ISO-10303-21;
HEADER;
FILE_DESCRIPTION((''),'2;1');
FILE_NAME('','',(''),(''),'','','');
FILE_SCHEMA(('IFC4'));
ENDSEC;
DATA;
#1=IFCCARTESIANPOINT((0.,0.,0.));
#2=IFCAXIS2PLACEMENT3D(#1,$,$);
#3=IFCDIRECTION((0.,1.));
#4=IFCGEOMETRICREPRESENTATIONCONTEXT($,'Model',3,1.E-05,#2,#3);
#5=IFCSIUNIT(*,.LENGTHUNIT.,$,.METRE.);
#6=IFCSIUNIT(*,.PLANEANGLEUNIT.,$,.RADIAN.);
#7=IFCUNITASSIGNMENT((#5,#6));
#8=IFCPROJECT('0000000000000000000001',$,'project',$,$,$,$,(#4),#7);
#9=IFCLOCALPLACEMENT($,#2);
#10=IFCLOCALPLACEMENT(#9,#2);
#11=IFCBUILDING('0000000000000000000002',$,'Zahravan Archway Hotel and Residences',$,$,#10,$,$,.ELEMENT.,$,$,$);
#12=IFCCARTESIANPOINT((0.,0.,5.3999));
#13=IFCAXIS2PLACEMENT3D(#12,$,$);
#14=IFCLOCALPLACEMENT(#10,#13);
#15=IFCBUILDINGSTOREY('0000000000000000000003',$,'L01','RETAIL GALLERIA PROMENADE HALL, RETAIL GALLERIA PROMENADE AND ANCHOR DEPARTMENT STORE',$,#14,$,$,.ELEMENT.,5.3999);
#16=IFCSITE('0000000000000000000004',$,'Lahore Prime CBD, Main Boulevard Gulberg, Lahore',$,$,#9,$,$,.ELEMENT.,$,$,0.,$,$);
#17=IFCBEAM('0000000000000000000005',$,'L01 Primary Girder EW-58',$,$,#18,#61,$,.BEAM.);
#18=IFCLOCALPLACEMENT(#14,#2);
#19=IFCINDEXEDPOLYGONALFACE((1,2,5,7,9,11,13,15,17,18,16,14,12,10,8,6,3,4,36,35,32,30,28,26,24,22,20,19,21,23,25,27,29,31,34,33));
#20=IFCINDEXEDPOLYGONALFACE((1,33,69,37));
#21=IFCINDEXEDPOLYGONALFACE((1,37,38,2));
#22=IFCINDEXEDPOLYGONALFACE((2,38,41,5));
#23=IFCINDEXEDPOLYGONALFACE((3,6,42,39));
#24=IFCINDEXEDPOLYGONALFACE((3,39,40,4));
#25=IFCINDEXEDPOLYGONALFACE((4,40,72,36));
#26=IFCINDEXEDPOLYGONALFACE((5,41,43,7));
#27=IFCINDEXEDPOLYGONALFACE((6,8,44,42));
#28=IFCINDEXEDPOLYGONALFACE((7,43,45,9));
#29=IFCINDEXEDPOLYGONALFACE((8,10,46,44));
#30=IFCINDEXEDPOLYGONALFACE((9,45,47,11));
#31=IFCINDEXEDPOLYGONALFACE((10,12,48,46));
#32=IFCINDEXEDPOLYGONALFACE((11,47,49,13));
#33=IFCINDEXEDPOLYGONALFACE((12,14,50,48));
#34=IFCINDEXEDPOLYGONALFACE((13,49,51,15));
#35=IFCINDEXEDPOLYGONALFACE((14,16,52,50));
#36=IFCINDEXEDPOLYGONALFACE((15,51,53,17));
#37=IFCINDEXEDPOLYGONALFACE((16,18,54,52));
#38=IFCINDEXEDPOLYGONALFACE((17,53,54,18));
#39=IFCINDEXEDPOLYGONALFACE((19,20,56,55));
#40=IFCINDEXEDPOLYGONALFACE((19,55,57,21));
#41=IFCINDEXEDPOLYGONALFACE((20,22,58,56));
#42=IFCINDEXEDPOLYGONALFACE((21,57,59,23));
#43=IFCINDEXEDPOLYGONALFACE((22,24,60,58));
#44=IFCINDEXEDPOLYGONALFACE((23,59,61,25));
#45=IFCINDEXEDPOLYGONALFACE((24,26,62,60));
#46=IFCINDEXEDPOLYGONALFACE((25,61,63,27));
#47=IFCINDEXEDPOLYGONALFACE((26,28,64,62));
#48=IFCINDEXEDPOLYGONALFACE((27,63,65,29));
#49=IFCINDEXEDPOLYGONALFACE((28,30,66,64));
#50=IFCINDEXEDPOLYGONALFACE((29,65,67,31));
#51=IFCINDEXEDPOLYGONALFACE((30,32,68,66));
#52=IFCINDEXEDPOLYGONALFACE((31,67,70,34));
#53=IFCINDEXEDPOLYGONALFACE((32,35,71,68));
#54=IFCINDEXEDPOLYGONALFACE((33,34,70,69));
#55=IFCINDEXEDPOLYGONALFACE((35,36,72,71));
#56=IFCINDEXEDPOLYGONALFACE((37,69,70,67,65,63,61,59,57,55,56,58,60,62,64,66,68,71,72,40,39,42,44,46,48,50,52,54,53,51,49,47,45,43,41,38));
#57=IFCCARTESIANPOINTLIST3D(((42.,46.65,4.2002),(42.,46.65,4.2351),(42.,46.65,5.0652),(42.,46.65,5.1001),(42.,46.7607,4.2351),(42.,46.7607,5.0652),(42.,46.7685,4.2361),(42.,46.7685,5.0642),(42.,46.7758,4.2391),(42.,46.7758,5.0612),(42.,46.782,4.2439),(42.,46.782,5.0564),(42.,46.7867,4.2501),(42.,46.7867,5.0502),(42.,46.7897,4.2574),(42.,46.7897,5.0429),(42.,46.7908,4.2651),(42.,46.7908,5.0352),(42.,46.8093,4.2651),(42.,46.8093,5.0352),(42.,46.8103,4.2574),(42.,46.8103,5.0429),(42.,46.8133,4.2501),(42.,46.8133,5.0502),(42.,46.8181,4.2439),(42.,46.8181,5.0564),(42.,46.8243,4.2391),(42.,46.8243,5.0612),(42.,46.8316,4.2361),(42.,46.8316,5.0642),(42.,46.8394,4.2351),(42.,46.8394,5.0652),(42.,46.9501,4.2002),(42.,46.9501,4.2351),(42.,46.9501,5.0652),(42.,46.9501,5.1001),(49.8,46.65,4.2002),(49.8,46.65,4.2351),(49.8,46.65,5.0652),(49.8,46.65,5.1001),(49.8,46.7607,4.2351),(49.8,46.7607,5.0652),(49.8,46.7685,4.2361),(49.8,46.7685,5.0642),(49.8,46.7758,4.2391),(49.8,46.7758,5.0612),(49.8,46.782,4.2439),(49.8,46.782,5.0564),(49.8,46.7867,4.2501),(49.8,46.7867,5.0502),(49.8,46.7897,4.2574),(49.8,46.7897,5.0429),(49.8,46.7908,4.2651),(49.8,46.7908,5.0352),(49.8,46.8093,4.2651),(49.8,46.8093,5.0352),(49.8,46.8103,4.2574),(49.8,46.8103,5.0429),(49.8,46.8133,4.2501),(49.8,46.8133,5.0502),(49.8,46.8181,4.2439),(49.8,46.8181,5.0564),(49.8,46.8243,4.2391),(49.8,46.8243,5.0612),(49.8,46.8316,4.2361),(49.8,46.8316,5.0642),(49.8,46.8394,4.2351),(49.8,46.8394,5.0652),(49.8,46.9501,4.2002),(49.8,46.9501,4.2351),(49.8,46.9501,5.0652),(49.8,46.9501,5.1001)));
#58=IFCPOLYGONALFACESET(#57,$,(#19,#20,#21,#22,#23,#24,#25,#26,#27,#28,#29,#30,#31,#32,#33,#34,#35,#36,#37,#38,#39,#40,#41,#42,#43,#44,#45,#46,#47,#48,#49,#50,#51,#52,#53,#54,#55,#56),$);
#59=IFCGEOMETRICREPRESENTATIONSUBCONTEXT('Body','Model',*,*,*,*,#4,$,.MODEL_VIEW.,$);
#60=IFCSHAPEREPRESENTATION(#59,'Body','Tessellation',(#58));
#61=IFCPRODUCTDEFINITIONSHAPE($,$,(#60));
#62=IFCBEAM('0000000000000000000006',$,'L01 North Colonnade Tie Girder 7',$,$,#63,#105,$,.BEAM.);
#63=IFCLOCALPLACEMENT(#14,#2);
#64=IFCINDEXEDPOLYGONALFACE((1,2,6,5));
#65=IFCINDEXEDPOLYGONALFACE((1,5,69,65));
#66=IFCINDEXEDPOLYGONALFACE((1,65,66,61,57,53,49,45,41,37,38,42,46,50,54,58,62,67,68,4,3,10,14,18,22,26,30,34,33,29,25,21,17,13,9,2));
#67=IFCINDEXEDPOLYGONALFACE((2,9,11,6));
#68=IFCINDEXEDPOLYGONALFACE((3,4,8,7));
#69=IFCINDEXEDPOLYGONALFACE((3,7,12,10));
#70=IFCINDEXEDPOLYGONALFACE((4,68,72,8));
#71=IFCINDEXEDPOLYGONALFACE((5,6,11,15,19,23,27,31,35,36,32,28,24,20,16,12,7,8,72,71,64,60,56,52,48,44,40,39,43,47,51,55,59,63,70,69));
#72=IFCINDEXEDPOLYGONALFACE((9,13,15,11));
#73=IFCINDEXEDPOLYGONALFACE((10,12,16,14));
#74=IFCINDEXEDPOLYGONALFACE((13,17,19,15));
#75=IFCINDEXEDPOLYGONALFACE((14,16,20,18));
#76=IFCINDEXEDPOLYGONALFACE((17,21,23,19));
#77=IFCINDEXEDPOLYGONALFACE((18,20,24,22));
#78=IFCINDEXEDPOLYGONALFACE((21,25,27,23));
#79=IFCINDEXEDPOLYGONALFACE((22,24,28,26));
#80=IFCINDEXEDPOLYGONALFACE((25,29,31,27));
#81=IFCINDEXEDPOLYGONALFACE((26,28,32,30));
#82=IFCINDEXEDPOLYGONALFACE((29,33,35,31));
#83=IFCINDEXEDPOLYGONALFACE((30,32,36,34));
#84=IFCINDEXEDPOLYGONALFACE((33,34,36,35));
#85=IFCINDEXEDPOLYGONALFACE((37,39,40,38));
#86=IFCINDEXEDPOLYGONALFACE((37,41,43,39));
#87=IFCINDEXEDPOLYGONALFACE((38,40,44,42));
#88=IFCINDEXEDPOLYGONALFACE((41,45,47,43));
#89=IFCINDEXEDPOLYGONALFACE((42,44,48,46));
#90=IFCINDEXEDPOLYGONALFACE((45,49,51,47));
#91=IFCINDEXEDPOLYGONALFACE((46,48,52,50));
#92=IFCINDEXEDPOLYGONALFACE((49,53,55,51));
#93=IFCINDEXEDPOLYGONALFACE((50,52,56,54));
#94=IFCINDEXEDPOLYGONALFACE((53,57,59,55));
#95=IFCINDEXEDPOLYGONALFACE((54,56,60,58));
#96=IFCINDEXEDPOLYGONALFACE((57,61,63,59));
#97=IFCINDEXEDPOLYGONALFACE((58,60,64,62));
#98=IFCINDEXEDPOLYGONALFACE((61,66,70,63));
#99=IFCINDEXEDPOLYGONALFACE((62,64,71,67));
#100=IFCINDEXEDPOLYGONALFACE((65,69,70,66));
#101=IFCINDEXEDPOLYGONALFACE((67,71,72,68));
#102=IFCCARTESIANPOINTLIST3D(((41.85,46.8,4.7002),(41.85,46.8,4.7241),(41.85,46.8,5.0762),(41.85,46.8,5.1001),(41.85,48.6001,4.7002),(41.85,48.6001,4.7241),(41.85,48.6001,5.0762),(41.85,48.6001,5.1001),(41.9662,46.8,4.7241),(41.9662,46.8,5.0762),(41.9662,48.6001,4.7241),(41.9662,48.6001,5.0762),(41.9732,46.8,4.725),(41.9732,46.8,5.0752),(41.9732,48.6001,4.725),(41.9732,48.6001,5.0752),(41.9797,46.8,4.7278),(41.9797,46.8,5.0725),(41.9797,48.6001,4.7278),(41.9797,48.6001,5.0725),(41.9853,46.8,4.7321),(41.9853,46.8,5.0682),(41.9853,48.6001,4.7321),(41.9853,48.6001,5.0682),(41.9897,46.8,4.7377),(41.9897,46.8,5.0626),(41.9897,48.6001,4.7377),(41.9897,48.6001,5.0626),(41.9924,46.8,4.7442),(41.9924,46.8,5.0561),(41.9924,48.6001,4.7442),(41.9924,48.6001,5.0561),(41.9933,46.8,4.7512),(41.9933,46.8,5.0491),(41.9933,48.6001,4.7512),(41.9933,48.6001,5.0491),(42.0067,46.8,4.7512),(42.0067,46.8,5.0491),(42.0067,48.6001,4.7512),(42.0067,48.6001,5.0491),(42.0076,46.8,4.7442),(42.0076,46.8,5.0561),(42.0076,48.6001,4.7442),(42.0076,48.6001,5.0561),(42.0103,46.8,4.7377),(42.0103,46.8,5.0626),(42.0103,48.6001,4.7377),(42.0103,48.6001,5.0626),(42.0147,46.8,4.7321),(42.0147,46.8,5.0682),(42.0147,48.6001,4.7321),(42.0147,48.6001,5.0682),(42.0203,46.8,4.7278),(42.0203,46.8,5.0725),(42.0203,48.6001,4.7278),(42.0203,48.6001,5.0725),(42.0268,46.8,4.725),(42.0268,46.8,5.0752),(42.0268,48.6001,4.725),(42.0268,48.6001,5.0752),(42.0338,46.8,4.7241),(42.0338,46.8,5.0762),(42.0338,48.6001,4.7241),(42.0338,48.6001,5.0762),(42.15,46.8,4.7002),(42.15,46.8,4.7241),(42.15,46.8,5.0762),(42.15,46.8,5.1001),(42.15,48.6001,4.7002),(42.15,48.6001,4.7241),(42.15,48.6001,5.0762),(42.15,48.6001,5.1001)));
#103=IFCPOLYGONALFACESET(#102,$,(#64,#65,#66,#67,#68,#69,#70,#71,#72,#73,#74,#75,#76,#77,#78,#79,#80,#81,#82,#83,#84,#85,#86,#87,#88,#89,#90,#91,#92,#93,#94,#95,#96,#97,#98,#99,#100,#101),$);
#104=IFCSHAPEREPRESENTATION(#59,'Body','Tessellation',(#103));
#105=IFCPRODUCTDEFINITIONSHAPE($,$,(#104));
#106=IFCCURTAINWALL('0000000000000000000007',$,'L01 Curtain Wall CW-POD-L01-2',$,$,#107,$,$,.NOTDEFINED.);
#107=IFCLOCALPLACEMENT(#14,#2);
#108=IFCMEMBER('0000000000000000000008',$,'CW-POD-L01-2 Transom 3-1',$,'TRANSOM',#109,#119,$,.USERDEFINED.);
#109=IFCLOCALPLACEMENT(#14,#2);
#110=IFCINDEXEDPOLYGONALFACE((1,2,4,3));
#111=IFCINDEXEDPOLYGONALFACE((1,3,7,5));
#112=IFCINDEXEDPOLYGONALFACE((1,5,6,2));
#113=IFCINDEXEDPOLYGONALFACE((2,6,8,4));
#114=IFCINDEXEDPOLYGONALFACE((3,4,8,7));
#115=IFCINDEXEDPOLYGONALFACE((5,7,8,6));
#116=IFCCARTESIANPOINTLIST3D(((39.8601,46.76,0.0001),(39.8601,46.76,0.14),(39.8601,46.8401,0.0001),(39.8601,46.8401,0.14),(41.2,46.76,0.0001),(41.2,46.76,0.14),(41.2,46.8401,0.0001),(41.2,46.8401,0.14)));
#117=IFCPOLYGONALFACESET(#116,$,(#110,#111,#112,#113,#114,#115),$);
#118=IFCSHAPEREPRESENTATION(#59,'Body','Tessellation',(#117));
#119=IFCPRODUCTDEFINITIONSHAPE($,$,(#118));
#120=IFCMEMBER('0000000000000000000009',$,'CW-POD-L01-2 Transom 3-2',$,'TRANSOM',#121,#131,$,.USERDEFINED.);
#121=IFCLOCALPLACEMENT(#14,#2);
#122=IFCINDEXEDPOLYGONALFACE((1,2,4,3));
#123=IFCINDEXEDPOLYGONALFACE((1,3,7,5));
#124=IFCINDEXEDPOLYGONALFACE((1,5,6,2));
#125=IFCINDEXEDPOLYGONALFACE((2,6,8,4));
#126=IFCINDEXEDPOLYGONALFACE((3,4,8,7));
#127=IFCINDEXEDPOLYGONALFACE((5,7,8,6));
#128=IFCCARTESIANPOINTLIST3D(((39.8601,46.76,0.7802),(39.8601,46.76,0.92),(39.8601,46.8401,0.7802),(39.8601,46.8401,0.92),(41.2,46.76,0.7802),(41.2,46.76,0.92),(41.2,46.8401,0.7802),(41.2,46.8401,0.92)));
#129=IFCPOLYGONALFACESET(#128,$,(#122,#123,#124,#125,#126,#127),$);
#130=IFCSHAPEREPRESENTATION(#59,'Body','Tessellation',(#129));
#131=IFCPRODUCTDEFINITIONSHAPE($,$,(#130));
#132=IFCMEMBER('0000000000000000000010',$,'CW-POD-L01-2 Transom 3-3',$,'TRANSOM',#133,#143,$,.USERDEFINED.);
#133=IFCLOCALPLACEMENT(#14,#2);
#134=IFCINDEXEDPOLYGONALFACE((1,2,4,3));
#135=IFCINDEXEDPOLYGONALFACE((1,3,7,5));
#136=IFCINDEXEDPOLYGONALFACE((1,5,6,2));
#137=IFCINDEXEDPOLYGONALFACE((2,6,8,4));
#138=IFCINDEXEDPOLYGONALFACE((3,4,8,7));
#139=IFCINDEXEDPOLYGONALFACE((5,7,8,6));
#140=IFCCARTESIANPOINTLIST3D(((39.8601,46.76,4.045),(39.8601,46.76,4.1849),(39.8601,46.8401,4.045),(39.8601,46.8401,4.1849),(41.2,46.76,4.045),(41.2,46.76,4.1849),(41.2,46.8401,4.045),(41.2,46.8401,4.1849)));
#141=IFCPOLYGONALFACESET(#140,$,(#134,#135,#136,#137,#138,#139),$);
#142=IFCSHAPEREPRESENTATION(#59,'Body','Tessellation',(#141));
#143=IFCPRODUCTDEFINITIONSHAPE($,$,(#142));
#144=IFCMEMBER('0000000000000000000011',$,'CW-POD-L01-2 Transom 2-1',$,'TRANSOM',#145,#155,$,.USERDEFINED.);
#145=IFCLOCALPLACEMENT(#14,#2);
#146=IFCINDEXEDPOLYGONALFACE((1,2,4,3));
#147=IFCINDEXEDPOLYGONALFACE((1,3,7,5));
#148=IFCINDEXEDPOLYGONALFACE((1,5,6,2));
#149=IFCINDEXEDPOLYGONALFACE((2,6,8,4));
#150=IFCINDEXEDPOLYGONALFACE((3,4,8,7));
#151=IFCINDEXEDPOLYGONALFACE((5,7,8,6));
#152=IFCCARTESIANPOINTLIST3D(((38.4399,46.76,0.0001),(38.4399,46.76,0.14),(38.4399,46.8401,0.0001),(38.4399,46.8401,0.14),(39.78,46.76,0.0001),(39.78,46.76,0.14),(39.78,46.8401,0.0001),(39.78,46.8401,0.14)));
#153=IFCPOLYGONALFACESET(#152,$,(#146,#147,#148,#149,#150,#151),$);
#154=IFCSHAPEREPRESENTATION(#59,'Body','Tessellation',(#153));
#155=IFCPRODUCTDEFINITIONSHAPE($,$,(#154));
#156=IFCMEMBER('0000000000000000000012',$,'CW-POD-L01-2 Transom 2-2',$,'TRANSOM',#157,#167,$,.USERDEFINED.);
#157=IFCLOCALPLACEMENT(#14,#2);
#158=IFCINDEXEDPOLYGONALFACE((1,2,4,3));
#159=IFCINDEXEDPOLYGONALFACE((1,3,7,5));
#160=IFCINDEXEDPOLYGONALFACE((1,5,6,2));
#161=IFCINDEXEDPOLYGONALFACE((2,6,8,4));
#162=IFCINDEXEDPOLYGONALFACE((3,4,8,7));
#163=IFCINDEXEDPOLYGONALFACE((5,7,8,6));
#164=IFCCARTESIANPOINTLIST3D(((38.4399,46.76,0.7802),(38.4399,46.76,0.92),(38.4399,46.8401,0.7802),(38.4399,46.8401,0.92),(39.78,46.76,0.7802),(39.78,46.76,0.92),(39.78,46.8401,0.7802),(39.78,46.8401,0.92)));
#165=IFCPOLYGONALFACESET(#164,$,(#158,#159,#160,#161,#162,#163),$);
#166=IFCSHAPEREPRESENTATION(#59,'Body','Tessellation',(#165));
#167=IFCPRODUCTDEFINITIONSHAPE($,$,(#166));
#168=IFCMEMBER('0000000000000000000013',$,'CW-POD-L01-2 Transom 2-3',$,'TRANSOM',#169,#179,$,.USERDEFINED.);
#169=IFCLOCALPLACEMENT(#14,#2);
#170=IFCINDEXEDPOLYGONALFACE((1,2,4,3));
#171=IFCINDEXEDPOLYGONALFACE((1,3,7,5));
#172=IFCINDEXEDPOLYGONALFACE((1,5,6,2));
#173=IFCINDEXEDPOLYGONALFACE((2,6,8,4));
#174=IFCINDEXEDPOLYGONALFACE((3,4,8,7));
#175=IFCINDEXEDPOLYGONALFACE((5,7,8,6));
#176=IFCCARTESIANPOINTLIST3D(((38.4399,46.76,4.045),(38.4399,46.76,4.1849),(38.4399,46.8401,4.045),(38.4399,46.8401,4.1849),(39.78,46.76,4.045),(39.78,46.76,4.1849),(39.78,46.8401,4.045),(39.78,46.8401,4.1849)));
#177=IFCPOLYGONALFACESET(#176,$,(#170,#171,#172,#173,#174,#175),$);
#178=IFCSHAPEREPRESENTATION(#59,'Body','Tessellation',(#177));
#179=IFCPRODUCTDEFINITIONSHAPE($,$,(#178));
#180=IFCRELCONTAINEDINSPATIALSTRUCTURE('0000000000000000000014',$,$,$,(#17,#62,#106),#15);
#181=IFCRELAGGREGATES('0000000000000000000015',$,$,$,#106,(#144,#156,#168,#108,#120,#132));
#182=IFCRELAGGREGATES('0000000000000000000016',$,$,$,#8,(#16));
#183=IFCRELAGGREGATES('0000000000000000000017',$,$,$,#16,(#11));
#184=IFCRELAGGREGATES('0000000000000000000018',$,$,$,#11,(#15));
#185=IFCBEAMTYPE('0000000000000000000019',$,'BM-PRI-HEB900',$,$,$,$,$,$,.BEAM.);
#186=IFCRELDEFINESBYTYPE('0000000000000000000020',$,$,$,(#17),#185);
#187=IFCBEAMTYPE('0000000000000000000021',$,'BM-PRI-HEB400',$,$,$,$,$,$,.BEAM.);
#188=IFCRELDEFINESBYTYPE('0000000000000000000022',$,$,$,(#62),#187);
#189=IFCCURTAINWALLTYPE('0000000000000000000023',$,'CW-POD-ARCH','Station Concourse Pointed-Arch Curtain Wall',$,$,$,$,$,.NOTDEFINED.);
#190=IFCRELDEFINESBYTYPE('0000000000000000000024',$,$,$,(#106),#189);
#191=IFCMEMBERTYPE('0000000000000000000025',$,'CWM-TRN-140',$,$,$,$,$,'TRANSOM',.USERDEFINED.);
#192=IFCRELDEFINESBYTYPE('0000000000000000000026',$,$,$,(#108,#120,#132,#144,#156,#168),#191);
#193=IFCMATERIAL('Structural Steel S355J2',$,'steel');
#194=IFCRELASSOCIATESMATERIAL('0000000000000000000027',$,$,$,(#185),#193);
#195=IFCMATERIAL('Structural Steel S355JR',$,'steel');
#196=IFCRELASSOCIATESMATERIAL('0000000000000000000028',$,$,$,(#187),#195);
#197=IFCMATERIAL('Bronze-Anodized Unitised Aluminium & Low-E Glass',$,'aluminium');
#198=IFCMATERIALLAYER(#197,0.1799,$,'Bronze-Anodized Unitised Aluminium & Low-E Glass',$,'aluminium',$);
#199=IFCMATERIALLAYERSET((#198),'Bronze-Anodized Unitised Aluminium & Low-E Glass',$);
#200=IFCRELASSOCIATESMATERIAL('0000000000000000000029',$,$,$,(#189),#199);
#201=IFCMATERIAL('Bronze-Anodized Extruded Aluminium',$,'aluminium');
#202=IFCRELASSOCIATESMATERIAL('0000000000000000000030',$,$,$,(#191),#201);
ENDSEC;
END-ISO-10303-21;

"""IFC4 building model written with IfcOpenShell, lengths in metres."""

from ifc_helpers import new_model, si_unit, direction, frame, origin, origin_2d, place, context, subcontext, project, spatial, rectangle, i_section, extrude, source, transform, mapped, material, layer, layer_set, material_profile, profile_set, type_object, element, aggregate, save


model = new_model("IFC4")

# Units and contexts
model_context = context("Model", 3, precision=1e-05, world=origin(), true_north=direction((0.0, 1.0)))
body_context = subcontext(model_context, "Body", "Model", "MODEL_VIEW")
ifc_project = project(units=[si_unit("LENGTHUNIT", "METRE"), si_unit("PLANEANGLEUNIT", "RADIAN")], contexts=[model_context])

# Site, building, storey
site_placement = place(None, origin())
site = spatial("IfcSite", under=ifc_project, at=site_placement, Name="Lahore Prime CBD, Main Boulevard Gulberg, Lahore", CompositionType="ELEMENT", RefElevation=0.0)
building_placement = place(site_placement, origin())
building = spatial("IfcBuilding", under=site, at=building_placement, Name="Zahravan Archway Hotel and Residences", CompositionType="ELEMENT")
storey_placement = place(building_placement, frame((0.0, 0.0, 5.3999)))
storey = spatial("IfcBuildingStorey", under=building, at=storey_placement, Name="L01", Description="RETAIL GALLERIA PROMENADE HALL, RETAIL GALLERIA PROMENADE AND ANCHOR DEPARTMENT STORE", CompositionType="ELEMENT", Elevation=5.3999)

# Beams
ifc_material_1 = material(Name="Structural Steel S355J2", Category="steel")
ifc_material_profile_1 = material_profile(ifc_material_1, i_section(OverallWidth=0.3, OverallDepth=0.8999, WebThickness=0.0186, FlangeThickness=0.0349, FilletRadius=0.03, at=origin_2d()), Name="HEB 900", Category="steel")
ifc_profile_set_1 = profile_set([ifc_material_profile_1], Name="Structural Steel S355J2")
beam_type_1 = type_object("IfcBeamType", Name="BM-PRI-HEB900", PredefinedType="BEAM", material=ifc_profile_set_1)
shared_shape_1 = source(origin(), body_context, "Body", "SweptSolid", [
    extrude(i_section(OverallWidth=0.3, OverallDepth=0.8999, WebThickness=0.0186, FlangeThickness=0.0349, FilletRadius=0.03, at=origin_2d()), origin(), (0.0, 0.0, 1.0), 7.8),
])
for number, where, z_axis, x_axis, name in (
    (1, (42.0, 46.8, 4.6501), (1.0, 0.0, 0.0), (0.0, 1.0, 0.0), "L01 Primary Girder EW-58"),
):
    element("IfcBeam", number, at=place(storey_placement, frame(where, z_axis=z_axis, x_axis=x_axis)), inside=storey, type_object=beam_type_1, Name=name, PredefinedType="BEAM", context=body_context, shape_type="MappedRepresentation", body=[
        mapped(shared_shape_1, transform((0.0, 0.0, 0.0), scale=1.0)),
    ])
ifc_material_2 = material(Name="Structural Steel S355JR", Category="steel")
ifc_material_profile_2 = material_profile(ifc_material_2, i_section(OverallWidth=0.3, OverallDepth=0.3999, WebThickness=0.0134, FlangeThickness=0.0239, FilletRadius=0.0271, at=origin_2d()), Name="HEB 400", Category="steel")
ifc_profile_set_2 = profile_set([ifc_material_profile_2], Name="Structural Steel S355JR")
beam_type_2 = type_object("IfcBeamType", Name="BM-PRI-HEB400", PredefinedType="BEAM", material=ifc_profile_set_2)
shared_shape_2 = source(origin(), body_context, "Body", "SweptSolid", [
    extrude(i_section(OverallWidth=0.3, OverallDepth=0.3999, WebThickness=0.0134, FlangeThickness=0.0239, FilletRadius=0.0271, at=origin_2d()), origin(), (0.0, 0.0, 1.0), 1.8),
])
beam_placement = place(storey_placement, frame((42.0, 46.8, 4.9001), z_axis=(0.0, 1.0, 0.0), x_axis=(-1.0, 0.0, 0.0)))
element("IfcBeam", 2, at=beam_placement, inside=storey, type_object=beam_type_2, Name="L01 North Colonnade Tie Girder 7", PredefinedType="BEAM", context=body_context, shape_type="MappedRepresentation", body=[
    mapped(shared_shape_2, transform((0.0, 0.0, 0.0), scale=1.0)),
])

# Curtain wall, members
ifc_material_3 = material(Name="Bronze-Anodized Unitised Aluminium & Low-E Glass", Category="aluminium")
ifc_layer_1 = layer(ifc_material_3, 0.1799, Name="Bronze-Anodized Unitised Aluminium & Low-E Glass", Category="aluminium")
ifc_layer_set_1 = layer_set([ifc_layer_1], Name="Bronze-Anodized Unitised Aluminium & Low-E Glass")
curtain_wall_type = type_object("IfcCurtainWallType", Name="CW-POD-ARCH", Description="Station Concourse Pointed-Arch Curtain Wall", PredefinedType="NOTDEFINED", material=ifc_layer_set_1)
curtain_wall_1_placement = place(storey_placement, origin())
curtain_wall_1 = element("IfcCurtainWall", 3, at=curtain_wall_1_placement, inside=storey, type_object=curtain_wall_type, Name="L01 Curtain Wall CW-POD-L01-2", PredefinedType="NOTDEFINED")
ifc_material_4 = material(Name="Bronze-Anodized Extruded Aluminium", Category="aluminium")
ifc_material_profile_3 = material_profile(ifc_material_4, rectangle(XDim=0.0801, YDim=0.1399, at=origin_2d()), Name="TRN 80x140", Category="aluminium")
ifc_profile_set_3 = profile_set([ifc_material_profile_3], Name="Bronze-Anodized Extruded Aluminium")
member_type_1 = type_object("IfcMemberType", Name="CWM-TRN-140", ElementType="TRANSOM", PredefinedType="USERDEFINED", material=ifc_profile_set_3)
shared_shape_3 = source(origin(), body_context, "Body", "SweptSolid", [
    extrude(rectangle(XDim=0.0801, YDim=0.1399, at=origin_2d()), origin(), (0.0, 0.0, 1.0), 1.3398),
])
member_1_placement = place(storey_placement, frame((39.8601, 46.8, 0.0701), z_axis=(1.0, 0.0, 0.0), x_axis=(0.0, 1.0, 0.0)))
member_1 = element("IfcMember", 4, at=member_1_placement, type_object=member_type_1, Name="CW-POD-L01-2 Transom 3-1", ObjectType="TRANSOM", PredefinedType="USERDEFINED", context=body_context, shape_type="MappedRepresentation", body=[
    mapped(shared_shape_3, transform((0.0, 0.0, 0.0), scale=1.0)),
])
member_2_placement = place(storey_placement, frame((39.8601, 46.8, 0.8501), z_axis=(1.0, 0.0, 0.0), x_axis=(0.0, 1.0, 0.0)))
member_2 = element("IfcMember", 5, at=member_2_placement, type_object=member_type_1, Name="CW-POD-L01-2 Transom 3-2", ObjectType="TRANSOM", PredefinedType="USERDEFINED", context=body_context, shape_type="MappedRepresentation", body=[
    mapped(shared_shape_3, transform((0.0, 0.0, 0.0), scale=1.0)),
])
member_3_placement = place(storey_placement, frame((39.8601, 46.8, 4.115), z_axis=(1.0, 0.0, 0.0), x_axis=(0.0, 1.0, 0.0)))
member_3 = element("IfcMember", 6, at=member_3_placement, type_object=member_type_1, Name="CW-POD-L01-2 Transom 3-3", ObjectType="TRANSOM", PredefinedType="USERDEFINED", context=body_context, shape_type="MappedRepresentation", body=[
    mapped(shared_shape_3, transform((0.0, 0.0, 0.0), scale=1.0)),
])
shared_shape_4 = source(origin(), body_context, "Body", "SweptSolid", [
    extrude(rectangle(XDim=0.0801, YDim=0.1399, at=origin_2d()), origin(), (0.0, 0.0, 1.0), 1.3401),
])
member_4_placement = place(storey_placement, frame((38.4399, 46.8, 0.0701), z_axis=(1.0, 0.0, 0.0), x_axis=(0.0, 1.0, 0.0)))
member_4 = element("IfcMember", 7, at=member_4_placement, type_object=member_type_1, Name="CW-POD-L01-2 Transom 2-1", ObjectType="TRANSOM", PredefinedType="USERDEFINED", context=body_context, shape_type="MappedRepresentation", body=[
    mapped(shared_shape_4, transform((0.0, 0.0, 0.0), scale=1.0)),
])
member_5_placement = place(storey_placement, frame((38.4399, 46.8, 0.8501), z_axis=(1.0, 0.0, 0.0), x_axis=(0.0, 1.0, 0.0)))
member_5 = element("IfcMember", 8, at=member_5_placement, type_object=member_type_1, Name="CW-POD-L01-2 Transom 2-2", ObjectType="TRANSOM", PredefinedType="USERDEFINED", context=body_context, shape_type="MappedRepresentation", body=[
    mapped(shared_shape_4, transform((0.0, 0.0, 0.0), scale=1.0)),
])
member_6_placement = place(storey_placement, frame((38.4399, 46.8, 4.115), z_axis=(1.0, 0.0, 0.0), x_axis=(0.0, 1.0, 0.0)))
member_6 = element("IfcMember", 9, at=member_6_placement, type_object=member_type_1, Name="CW-POD-L01-2 Transom 2-3", ObjectType="TRANSOM", PredefinedType="USERDEFINED", context=body_context, shape_type="MappedRepresentation", body=[
    mapped(shared_shape_4, transform((0.0, 0.0, 0.0), scale=1.0)),
])

aggregate(curtain_wall_1, [member_4, member_5, member_6, member_1, member_2, member_3])

save(model, "model.ifc")
